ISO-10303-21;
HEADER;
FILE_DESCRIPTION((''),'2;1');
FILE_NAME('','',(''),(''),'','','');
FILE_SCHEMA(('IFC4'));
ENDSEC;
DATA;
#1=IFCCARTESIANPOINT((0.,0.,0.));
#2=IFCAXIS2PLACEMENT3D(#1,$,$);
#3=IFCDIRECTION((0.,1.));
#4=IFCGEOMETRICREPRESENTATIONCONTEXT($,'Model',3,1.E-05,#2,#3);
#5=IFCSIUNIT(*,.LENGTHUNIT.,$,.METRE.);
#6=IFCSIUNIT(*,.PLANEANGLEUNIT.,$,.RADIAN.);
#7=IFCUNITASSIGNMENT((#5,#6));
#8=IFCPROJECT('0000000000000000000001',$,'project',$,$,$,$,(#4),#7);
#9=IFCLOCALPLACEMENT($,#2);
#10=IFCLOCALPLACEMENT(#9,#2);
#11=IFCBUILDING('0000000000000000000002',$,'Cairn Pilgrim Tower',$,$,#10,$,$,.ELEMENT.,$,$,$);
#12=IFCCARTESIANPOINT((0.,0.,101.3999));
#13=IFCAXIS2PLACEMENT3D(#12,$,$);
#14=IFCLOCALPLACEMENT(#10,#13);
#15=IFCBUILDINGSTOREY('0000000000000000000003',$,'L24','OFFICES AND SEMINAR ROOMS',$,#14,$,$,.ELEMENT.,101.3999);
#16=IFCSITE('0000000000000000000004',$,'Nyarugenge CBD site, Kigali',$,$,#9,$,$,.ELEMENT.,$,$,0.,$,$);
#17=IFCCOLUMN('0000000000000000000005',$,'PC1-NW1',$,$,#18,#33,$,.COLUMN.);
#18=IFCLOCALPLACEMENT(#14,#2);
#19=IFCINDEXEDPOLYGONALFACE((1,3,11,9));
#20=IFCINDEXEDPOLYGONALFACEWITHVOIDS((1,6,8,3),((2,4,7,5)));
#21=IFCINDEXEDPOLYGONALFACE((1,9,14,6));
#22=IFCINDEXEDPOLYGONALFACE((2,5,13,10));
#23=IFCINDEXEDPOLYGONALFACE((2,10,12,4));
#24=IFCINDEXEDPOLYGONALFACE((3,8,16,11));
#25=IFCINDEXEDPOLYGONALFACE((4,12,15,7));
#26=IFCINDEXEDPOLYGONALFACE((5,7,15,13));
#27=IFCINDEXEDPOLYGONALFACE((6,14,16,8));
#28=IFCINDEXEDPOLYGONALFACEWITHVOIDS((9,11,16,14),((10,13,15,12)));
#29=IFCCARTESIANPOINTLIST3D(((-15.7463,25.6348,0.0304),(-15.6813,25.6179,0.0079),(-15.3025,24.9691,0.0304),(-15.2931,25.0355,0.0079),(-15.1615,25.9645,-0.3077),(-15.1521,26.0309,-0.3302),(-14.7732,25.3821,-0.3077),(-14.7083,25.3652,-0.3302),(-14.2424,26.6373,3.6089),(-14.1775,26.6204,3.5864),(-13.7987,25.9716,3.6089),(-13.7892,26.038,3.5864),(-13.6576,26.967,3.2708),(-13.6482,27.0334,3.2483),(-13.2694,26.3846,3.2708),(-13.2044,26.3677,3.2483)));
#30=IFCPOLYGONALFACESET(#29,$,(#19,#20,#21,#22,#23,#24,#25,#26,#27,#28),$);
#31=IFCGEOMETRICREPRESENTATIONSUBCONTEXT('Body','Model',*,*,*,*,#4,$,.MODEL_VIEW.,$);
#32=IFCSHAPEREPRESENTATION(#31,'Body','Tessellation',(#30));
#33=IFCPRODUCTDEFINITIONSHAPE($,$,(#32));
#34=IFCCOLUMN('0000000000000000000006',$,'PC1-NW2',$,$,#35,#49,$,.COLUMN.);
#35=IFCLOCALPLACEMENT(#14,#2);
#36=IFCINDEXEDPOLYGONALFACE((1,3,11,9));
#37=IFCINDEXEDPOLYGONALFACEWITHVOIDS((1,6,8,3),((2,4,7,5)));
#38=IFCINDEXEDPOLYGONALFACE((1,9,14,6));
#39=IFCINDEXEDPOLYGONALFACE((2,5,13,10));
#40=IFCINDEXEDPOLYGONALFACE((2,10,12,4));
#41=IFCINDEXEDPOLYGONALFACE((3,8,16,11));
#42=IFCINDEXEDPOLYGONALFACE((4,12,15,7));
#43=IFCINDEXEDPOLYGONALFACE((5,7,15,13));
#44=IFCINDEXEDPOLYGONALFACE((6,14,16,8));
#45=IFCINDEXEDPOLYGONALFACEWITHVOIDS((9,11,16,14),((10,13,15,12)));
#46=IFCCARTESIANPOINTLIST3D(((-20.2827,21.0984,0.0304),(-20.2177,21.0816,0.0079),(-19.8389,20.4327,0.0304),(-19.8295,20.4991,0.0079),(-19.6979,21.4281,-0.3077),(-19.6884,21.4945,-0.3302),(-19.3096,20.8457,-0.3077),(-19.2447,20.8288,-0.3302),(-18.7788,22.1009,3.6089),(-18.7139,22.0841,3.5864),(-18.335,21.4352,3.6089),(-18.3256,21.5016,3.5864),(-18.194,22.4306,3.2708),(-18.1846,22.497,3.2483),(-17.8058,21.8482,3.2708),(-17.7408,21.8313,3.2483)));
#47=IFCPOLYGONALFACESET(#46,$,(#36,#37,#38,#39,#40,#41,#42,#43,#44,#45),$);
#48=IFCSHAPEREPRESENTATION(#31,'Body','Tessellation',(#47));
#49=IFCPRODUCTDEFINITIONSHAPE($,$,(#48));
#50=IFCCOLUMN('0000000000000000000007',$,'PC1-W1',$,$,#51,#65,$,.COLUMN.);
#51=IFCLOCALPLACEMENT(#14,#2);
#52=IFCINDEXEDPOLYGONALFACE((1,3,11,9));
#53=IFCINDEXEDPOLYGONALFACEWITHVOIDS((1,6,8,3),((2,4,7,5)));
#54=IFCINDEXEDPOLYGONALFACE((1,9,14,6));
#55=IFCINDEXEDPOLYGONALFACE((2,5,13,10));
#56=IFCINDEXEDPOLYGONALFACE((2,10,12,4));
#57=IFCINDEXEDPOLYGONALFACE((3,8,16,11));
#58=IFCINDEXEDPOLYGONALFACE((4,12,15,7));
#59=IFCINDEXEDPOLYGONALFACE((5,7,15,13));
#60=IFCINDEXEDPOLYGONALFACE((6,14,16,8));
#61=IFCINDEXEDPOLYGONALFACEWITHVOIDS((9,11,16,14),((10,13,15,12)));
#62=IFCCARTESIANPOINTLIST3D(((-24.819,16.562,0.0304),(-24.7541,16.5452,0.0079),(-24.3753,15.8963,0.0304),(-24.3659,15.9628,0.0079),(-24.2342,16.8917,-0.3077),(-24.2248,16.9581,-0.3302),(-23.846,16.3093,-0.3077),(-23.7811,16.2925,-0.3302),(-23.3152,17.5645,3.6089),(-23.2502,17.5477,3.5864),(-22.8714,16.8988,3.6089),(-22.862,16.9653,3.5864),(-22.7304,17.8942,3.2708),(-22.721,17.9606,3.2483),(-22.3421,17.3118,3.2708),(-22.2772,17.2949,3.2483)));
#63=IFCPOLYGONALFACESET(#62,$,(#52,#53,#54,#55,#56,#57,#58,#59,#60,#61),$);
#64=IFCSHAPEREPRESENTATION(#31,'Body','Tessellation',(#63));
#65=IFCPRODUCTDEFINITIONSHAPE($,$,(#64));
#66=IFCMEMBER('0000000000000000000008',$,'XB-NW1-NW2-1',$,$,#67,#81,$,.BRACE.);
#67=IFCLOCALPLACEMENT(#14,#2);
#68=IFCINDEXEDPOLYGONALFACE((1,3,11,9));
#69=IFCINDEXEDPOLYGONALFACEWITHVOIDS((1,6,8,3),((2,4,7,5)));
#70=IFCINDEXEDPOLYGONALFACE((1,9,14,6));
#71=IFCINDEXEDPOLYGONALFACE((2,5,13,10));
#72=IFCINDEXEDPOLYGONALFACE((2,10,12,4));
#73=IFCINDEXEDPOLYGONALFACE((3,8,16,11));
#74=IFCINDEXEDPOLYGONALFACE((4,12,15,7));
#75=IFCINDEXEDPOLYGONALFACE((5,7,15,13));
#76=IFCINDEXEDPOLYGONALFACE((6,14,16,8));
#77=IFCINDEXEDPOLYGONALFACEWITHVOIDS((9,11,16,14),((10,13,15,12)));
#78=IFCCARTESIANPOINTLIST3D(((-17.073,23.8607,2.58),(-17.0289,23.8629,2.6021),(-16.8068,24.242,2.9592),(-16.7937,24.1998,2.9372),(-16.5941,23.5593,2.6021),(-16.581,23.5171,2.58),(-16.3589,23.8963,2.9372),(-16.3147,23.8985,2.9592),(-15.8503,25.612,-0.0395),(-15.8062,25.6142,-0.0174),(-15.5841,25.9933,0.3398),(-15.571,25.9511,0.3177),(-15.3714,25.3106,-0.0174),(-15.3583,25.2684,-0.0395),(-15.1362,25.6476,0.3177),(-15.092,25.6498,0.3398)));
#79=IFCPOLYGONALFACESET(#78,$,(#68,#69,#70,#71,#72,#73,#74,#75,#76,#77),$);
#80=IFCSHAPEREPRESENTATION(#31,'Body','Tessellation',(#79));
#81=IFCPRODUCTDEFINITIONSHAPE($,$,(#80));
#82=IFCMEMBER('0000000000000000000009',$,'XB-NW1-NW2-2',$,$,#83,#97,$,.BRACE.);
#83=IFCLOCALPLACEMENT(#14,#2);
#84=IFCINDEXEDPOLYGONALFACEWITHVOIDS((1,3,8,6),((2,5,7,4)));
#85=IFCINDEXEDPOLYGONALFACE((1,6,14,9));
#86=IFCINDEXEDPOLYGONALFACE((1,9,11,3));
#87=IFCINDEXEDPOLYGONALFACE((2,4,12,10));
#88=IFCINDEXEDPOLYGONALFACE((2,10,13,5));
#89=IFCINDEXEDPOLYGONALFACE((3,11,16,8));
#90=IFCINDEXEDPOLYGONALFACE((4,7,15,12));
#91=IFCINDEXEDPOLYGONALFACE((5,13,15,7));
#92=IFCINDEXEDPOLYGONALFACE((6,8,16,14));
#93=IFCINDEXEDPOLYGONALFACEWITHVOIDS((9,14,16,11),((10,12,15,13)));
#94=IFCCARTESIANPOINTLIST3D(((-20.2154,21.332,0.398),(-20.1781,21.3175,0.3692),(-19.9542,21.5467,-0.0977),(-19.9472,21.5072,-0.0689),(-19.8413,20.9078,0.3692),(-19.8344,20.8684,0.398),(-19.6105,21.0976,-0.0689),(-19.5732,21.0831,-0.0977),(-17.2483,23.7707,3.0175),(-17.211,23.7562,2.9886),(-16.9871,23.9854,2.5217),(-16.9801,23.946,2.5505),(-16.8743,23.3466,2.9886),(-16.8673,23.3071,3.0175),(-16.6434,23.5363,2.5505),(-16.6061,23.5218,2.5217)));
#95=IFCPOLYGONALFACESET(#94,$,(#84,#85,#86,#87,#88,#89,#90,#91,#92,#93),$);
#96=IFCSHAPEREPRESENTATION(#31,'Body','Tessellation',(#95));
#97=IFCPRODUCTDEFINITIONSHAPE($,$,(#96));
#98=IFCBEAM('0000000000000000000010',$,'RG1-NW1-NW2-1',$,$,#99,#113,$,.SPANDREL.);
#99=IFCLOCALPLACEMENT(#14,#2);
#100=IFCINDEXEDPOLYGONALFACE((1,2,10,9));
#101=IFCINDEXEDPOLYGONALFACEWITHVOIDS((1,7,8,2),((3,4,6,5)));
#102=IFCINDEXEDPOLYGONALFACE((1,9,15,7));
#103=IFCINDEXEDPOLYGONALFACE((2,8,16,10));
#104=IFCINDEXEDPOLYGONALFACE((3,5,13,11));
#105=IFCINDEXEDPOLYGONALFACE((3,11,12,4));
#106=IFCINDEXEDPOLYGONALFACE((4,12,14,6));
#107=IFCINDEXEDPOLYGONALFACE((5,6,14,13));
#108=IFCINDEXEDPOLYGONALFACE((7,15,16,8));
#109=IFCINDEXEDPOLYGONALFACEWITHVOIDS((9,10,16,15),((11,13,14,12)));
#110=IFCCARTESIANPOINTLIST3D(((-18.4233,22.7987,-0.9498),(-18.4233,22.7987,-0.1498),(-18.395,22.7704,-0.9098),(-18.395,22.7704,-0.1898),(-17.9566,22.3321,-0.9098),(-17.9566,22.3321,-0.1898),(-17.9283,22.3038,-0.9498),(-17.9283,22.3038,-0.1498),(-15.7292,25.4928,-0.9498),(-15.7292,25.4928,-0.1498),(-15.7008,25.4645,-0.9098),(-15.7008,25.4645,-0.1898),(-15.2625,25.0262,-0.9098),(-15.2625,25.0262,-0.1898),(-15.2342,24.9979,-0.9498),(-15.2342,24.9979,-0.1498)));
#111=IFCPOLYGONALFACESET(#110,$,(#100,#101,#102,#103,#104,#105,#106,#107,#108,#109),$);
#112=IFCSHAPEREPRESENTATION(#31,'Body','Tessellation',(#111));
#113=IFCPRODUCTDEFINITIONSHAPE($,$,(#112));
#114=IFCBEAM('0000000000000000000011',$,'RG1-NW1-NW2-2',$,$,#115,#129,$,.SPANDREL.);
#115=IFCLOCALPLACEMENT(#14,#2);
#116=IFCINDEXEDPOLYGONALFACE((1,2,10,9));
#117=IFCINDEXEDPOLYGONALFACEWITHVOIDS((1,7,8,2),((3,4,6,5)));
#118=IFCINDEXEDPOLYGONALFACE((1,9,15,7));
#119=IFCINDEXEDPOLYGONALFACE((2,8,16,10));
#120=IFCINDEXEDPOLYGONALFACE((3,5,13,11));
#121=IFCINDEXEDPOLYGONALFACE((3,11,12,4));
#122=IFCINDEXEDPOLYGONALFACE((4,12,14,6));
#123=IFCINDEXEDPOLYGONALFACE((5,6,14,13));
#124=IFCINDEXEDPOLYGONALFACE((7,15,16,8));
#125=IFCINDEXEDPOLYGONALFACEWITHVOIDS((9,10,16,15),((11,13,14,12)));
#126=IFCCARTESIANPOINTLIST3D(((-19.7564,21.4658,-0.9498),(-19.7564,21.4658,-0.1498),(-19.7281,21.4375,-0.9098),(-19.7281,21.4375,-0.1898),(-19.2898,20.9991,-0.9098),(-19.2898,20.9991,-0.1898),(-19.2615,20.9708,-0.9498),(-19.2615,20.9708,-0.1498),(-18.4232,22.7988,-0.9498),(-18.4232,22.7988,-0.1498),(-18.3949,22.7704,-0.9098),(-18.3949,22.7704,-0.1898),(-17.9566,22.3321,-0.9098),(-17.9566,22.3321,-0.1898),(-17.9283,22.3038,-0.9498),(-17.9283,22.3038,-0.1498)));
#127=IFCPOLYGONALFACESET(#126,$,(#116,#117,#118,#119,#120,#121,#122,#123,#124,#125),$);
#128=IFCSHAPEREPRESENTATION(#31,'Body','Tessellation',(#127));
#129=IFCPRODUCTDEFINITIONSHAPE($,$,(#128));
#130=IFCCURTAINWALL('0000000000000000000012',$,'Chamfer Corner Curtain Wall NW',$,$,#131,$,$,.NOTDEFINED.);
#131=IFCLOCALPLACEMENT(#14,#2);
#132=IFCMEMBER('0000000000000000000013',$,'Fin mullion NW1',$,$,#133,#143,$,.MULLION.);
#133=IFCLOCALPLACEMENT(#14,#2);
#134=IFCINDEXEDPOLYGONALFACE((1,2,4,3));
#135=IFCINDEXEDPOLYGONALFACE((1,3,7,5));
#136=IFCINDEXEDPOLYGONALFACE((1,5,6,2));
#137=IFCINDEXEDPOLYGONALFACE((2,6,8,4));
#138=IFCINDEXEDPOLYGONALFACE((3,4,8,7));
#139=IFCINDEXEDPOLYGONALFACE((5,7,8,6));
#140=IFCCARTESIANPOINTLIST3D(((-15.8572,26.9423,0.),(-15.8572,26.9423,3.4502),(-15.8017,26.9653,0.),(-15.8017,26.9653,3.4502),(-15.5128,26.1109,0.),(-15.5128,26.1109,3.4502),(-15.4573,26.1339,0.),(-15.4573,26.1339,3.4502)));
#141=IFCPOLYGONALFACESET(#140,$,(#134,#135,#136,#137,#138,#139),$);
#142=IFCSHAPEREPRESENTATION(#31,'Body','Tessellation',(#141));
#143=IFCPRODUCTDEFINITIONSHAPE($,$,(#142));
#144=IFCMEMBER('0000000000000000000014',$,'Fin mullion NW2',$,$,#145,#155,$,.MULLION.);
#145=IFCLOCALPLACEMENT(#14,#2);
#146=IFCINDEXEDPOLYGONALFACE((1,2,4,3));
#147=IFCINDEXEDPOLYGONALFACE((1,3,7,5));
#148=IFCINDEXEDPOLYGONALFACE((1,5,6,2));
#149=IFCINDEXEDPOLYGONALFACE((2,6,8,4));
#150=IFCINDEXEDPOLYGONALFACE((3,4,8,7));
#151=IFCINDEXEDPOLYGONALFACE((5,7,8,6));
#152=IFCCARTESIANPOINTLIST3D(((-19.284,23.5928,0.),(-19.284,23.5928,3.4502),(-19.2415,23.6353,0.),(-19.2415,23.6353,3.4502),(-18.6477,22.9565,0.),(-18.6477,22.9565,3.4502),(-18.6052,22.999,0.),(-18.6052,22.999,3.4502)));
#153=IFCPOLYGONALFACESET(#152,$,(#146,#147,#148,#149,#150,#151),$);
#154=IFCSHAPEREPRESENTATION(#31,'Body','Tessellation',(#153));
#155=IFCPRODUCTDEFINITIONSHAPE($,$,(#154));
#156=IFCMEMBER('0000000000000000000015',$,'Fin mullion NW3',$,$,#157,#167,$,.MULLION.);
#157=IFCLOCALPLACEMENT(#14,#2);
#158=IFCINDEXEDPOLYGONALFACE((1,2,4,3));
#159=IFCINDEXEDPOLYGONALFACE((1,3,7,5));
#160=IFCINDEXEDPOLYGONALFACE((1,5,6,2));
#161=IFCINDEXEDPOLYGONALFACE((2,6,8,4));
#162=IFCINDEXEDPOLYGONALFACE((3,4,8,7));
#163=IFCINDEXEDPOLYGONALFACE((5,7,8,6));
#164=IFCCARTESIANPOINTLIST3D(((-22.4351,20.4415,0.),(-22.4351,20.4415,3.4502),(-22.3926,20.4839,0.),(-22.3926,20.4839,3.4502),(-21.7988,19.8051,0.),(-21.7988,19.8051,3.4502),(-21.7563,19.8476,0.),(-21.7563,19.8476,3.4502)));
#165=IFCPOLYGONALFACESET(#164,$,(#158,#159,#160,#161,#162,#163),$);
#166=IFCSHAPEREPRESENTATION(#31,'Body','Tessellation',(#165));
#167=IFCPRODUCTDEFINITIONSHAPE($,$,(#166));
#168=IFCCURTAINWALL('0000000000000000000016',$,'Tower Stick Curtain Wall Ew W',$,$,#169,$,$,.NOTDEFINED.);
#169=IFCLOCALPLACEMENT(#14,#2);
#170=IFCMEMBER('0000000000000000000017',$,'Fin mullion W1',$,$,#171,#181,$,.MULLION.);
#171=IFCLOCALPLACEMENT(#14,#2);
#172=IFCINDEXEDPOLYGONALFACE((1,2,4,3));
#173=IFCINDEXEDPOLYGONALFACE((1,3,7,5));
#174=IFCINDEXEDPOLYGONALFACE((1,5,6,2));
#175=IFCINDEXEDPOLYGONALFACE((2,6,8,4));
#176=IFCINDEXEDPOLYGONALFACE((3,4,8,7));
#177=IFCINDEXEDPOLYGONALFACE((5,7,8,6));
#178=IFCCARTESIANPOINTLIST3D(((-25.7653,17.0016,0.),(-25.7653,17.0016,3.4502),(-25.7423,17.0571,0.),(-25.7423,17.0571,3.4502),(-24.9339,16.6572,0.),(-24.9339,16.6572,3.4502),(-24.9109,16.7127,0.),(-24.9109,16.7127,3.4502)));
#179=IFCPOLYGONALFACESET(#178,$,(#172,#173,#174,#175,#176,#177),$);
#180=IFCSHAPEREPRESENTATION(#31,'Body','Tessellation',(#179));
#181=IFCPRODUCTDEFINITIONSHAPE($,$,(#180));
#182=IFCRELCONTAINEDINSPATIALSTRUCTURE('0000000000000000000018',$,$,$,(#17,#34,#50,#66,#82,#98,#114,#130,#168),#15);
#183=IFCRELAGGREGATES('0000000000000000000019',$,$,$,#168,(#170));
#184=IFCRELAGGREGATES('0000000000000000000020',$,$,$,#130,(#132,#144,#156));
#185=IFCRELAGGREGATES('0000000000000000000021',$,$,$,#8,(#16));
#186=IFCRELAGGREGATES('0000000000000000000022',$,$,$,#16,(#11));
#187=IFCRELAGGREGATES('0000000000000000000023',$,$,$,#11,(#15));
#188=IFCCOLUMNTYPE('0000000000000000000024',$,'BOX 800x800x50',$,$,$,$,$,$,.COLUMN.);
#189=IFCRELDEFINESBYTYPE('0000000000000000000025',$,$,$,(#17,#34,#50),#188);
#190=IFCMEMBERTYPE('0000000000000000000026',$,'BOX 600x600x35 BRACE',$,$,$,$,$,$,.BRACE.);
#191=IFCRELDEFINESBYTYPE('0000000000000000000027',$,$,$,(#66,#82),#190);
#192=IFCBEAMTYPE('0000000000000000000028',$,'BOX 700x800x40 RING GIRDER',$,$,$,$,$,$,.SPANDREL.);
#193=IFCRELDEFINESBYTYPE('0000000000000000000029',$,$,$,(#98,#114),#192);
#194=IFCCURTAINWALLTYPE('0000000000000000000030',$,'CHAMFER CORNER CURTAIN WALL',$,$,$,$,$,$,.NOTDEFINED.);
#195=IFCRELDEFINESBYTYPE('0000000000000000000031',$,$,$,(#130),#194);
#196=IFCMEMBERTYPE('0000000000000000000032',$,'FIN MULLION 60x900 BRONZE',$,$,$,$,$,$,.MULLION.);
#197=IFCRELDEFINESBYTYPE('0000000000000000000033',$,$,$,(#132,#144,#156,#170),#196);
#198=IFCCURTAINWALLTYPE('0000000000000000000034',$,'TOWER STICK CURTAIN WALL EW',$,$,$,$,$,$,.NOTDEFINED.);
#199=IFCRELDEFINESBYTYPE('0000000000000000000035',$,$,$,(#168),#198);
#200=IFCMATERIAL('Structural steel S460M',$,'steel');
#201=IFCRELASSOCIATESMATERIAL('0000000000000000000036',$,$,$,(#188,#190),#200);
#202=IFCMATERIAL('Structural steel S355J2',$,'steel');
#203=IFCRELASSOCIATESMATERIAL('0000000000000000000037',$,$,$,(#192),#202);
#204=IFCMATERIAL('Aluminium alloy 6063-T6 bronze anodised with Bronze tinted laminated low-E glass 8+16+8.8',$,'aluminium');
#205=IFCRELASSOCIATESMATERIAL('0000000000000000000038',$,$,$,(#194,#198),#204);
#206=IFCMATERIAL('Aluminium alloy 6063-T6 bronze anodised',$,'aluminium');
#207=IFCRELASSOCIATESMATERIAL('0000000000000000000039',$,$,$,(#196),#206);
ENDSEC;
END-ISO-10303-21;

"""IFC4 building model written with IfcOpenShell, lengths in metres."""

from ifc_helpers import new_model, si_unit, direction, frame, origin, origin_2d, place, context, subcontext, project, spatial, rectangle, hollow_rectangle, extrude, clip, halfspace, material, material_profile, profile_set, type_object, element, aggregate, save


model = new_model("IFC4")

# Units and contexts
model_context = context("Model", 3, precision=1e-05, world=origin(), true_north=direction((0.0, 1.0)))
body_context = subcontext(model_context, "Body", "Model", "MODEL_VIEW")
ifc_project = project(units=[si_unit("LENGTHUNIT", "METRE"), si_unit("PLANEANGLEUNIT", "RADIAN")], contexts=[model_context])

# Site, building, storey
site_placement = place(None, origin())
site = spatial("IfcSite", under=ifc_project, at=site_placement, Name="Nyarugenge CBD site, Kigali", CompositionType="ELEMENT", RefElevation=0.0)
building_placement = place(site_placement, origin())
building = spatial("IfcBuilding", under=site, at=building_placement, Name="Cairn Pilgrim Tower", CompositionType="ELEMENT")
storey_placement = place(building_placement, frame((0.0, 0.0, 101.3999)))
storey = spatial("IfcBuildingStorey", under=building, at=storey_placement, Name="L24", Description="OFFICES AND SEMINAR ROOMS", CompositionType="ELEMENT", Elevation=101.3999)

# Columns
ifc_material_1 = material(Name="Structural steel S460M", Category="steel")
ifc_material_profile_1 = material_profile(ifc_material_1, hollow_rectangle(XDim=0.8, YDim=0.8, WallThickness=0.05, at=origin_2d()), Name="BOX 800x800x50")
ifc_profile_set_1 = profile_set([ifc_material_profile_1], Name="Structural steel S460M")
column_type = type_object("IfcColumnType", Name="BOX 800x800x50", PredefinedType="COLUMN", material=ifc_profile_set_1)
for number, where, z_axis, x_axis, name in (
    (1, (-15.2273, 25.5, -0.1499), (0.37512, 0.25006, 0.892612), (-0.554669, 0.832071, 0.0), "PC1-NW1"),
    (2, (-19.7637, 20.9636, -0.1499), (0.37512, 0.25006, 0.892612), (-0.554669, 0.832071, 0.0), "PC1-NW2"),
    (3, (-24.3, 16.4272, -0.1499), (0.37512, 0.25006, 0.892612), (-0.554669, 0.832071, 0.0), "PC1-W1"),
):
    element("IfcColumn", number, at=place(storey_placement, frame(where, z_axis=z_axis, x_axis=x_axis)), inside=storey, type_object=column_type, Name=name, PredefinedType="COLUMN", context=body_context, shape_type="Clipping", body=[
        clip(extrude(hollow_rectangle(XDim=0.8, YDim=0.8, WallThickness=0.05, at=origin_2d()), origin(), (0.0, 0.0, 1.0), 4.0332), halfspace(frame((0.0, 0.0, 4.009), z_axis=(0.0, 0.0, 1.0), x_axis=(1.0, 0.0, 0.0)), False)),
    ])

# Members
ifc_material_profile_2 = material_profile(ifc_material_1, hollow_rectangle(XDim=0.6001, YDim=0.6001, WallThickness=0.0349, at=origin_2d()), Name="BOX 600x600x35")
ifc_profile_set_2 = profile_set([ifc_material_profile_2], Name="Structural steel S460M")
member_type_1 = type_object("IfcMemberType", Name="BOX 600x600x35 BRACE", PredefinedType="BRACE", material=ifc_profile_set_2)
member_1_placement = place(storey_placement, frame((-15.4712, 25.6309, 0.1501), z_axis=(-0.361757, -0.518148, 0.775019), x_axis=(0.819935, -0.572457, 0.0)))
element("IfcMember", 4, at=member_1_placement, inside=storey, type_object=member_type_1, Name="XB-NW1-NW2-1", PredefinedType="BRACE", context=body_context, shape_type="SweptSolid", body=[
    extrude(hollow_rectangle(XDim=0.6001, YDim=0.6001, WallThickness=0.0349, at=origin_2d()), origin(), (0.0, 0.0, 1.0), 3.3799),
])
member_2_placement = place(storey_placement, frame((-19.8943, 21.2075, 0.1501), z_axis=(0.63823, 0.524585, 0.563447), x_axis=(-0.634974, 0.772534, 0.0)))
element("IfcMember", 5, at=member_2_placement, inside=storey, type_object=member_type_1, Name="XB-NW1-NW2-2", PredefinedType="BRACE", context=body_context, shape_type="SweptSolid", body=[
    extrude(hollow_rectangle(XDim=0.6001, YDim=0.6001, WallThickness=0.0349, at=origin_2d()), origin(), (0.0, 0.0, 1.0), 4.6489),
])

# Beams
ifc_material_2 = material(Name="Structural steel S355J2", Category="steel")
ifc_material_profile_3 = material_profile(ifc_material_2, hollow_rectangle(XDim=0.7, YDim=0.8, WallThickness=0.04, at=origin_2d()), Name="BOX 700x800x40")
ifc_profile_set_3 = profile_set([ifc_material_profile_3], Name="Structural steel S355J2")
beam_type_1 = type_object("IfcBeamType", Name="BOX 700x800x40 RING GIRDER", PredefinedType="SPANDREL", material=ifc_profile_set_3)
beam_1_placement = place(storey_placement, frame((-15.4817, 25.2454, -0.5498), z_axis=(-0.707107, -0.707107, 0.0), x_axis=(0.707107, -0.707107, 0.0)))
element("IfcBeam", 6, at=beam_1_placement, inside=storey, type_object=beam_type_1, Name="RG1-NW1-NW2-1", PredefinedType="SPANDREL", context=body_context, shape_type="SweptSolid", body=[
    extrude(hollow_rectangle(XDim=0.7, YDim=0.8, WallThickness=0.04, at=origin_2d()), origin(), (0.0, 0.0, 1.0), 3.8101),
])
beam_2_placement = place(storey_placement, frame((-18.1758, 22.5513, -0.5498), z_axis=(-0.707172, -0.707042, 0.0), x_axis=(0.707042, -0.707172, 0.0)))
element("IfcBeam", 7, at=beam_2_placement, inside=storey, type_object=beam_type_1, Name="RG1-NW1-NW2-2", PredefinedType="SPANDREL", context=body_context, shape_type="SweptSolid", body=[
    extrude(hollow_rectangle(XDim=0.7, YDim=0.8, WallThickness=0.04, at=origin_2d()), origin(), (0.0, 0.0, 1.0), 1.8853),
])

# Curtain wall, members
ifc_material_3 = material(Name="Aluminium alloy 6063-T6 bronze anodised with Bronze tinted laminated low-E glass 8+16+8.8", Category="aluminium")
curtain_wall_type_1 = type_object("IfcCurtainWallType", Name="CHAMFER CORNER CURTAIN WALL", PredefinedType="NOTDEFINED", material=ifc_material_3)
curtain_wall_1_placement = place(storey_placement, origin())
curtain_wall_1 = element("IfcCurtainWall", 8, at=curtain_wall_1_placement, inside=storey, type_object=curtain_wall_type_1, Name="Chamfer Corner Curtain Wall NW", PredefinedType="NOTDEFINED")
ifc_material_4 = material(Name="Aluminium alloy 6063-T6 bronze anodised", Category="aluminium")
ifc_material_profile_4 = material_profile(ifc_material_4, rectangle(XDim=0.8999, YDim=0.0601, at=origin_2d()), Name="FIN MULLION 60x900 BRONZE")
ifc_profile_set_4 = profile_set([ifc_material_profile_4], Name="Aluminium alloy 6063-T6 bronze anodised")
member_type_2 = type_object("IfcMemberType", Name="FIN MULLION 60x900 BRONZE", PredefinedType="MULLION", material=ifc_profile_set_4)
member_3_placement = place(storey_placement, frame((-15.6572, 26.5381, 0.0), z_axis=(0.0, 0.0, 1.0), x_axis=(-0.382683, 0.92388, 0.0)))
member_3 = element("IfcMember", 9, at=member_3_placement, type_object=member_type_2, Name="Fin mullion NW1", PredefinedType="MULLION", context=body_context, shape_type="SweptSolid", body=[
    extrude(rectangle(XDim=0.8999, YDim=0.0601, at=origin_2d()), origin(), (0.0, 0.0, 1.0), 3.4502),
])
member_4_placement = place(storey_placement, frame((-18.9446, 23.2959, 0.0), z_axis=(0.0, 0.0, 1.0), x_axis=(-0.707107, 0.707107, 0.0)))
member_4 = element("IfcMember", 10, at=member_4_placement, type_object=member_type_2, Name="Fin mullion NW2", PredefinedType="MULLION", context=body_context, shape_type="SweptSolid", body=[
    extrude(rectangle(XDim=0.8999, YDim=0.0601, at=origin_2d()), origin(), (0.0, 0.0, 1.0), 3.4502),
])
member_5_placement = place(storey_placement, frame((-22.0957, 20.1445, 0.0), z_axis=(0.0, 0.0, 1.0), x_axis=(-0.707107, 0.707107, 0.0)))
member_5 = element("IfcMember", 11, at=member_5_placement, type_object=member_type_2, Name="Fin mullion NW3", PredefinedType="MULLION", context=body_context, shape_type="SweptSolid", body=[
    extrude(rectangle(XDim=0.8999, YDim=0.0601, at=origin_2d()), origin(), (0.0, 0.0, 1.0), 3.4502),
])

# Curtain wall, member
curtain_wall_type_2 = type_object("IfcCurtainWallType", Name="TOWER STICK CURTAIN WALL EW", PredefinedType="NOTDEFINED", material=ifc_material_3)
curtain_wall_2_placement = place(storey_placement, origin())
curtain_wall_2 = element("IfcCurtainWall", 12, at=curtain_wall_2_placement, inside=storey, type_object=curtain_wall_type_2, Name="Tower Stick Curtain Wall Ew W", PredefinedType="NOTDEFINED")
member_6_placement = place(storey_placement, frame((-25.3381, 16.8572, 0.0), z_axis=(0.0, 0.0, 1.0), x_axis=(-0.92388, 0.382683, 0.0)))
member_6 = element("IfcMember", 13, at=member_6_placement, type_object=member_type_2, Name="Fin mullion W1", PredefinedType="MULLION", context=body_context, shape_type="SweptSolid", body=[
    extrude(rectangle(XDim=0.8999, YDim=0.0601, at=origin_2d()), origin(), (0.0, 0.0, 1.0), 3.4502),
])

aggregate(curtain_wall_2, [member_6])

aggregate(curtain_wall_1, [member_3, member_4, member_5])

save(model, "model.ifc")
